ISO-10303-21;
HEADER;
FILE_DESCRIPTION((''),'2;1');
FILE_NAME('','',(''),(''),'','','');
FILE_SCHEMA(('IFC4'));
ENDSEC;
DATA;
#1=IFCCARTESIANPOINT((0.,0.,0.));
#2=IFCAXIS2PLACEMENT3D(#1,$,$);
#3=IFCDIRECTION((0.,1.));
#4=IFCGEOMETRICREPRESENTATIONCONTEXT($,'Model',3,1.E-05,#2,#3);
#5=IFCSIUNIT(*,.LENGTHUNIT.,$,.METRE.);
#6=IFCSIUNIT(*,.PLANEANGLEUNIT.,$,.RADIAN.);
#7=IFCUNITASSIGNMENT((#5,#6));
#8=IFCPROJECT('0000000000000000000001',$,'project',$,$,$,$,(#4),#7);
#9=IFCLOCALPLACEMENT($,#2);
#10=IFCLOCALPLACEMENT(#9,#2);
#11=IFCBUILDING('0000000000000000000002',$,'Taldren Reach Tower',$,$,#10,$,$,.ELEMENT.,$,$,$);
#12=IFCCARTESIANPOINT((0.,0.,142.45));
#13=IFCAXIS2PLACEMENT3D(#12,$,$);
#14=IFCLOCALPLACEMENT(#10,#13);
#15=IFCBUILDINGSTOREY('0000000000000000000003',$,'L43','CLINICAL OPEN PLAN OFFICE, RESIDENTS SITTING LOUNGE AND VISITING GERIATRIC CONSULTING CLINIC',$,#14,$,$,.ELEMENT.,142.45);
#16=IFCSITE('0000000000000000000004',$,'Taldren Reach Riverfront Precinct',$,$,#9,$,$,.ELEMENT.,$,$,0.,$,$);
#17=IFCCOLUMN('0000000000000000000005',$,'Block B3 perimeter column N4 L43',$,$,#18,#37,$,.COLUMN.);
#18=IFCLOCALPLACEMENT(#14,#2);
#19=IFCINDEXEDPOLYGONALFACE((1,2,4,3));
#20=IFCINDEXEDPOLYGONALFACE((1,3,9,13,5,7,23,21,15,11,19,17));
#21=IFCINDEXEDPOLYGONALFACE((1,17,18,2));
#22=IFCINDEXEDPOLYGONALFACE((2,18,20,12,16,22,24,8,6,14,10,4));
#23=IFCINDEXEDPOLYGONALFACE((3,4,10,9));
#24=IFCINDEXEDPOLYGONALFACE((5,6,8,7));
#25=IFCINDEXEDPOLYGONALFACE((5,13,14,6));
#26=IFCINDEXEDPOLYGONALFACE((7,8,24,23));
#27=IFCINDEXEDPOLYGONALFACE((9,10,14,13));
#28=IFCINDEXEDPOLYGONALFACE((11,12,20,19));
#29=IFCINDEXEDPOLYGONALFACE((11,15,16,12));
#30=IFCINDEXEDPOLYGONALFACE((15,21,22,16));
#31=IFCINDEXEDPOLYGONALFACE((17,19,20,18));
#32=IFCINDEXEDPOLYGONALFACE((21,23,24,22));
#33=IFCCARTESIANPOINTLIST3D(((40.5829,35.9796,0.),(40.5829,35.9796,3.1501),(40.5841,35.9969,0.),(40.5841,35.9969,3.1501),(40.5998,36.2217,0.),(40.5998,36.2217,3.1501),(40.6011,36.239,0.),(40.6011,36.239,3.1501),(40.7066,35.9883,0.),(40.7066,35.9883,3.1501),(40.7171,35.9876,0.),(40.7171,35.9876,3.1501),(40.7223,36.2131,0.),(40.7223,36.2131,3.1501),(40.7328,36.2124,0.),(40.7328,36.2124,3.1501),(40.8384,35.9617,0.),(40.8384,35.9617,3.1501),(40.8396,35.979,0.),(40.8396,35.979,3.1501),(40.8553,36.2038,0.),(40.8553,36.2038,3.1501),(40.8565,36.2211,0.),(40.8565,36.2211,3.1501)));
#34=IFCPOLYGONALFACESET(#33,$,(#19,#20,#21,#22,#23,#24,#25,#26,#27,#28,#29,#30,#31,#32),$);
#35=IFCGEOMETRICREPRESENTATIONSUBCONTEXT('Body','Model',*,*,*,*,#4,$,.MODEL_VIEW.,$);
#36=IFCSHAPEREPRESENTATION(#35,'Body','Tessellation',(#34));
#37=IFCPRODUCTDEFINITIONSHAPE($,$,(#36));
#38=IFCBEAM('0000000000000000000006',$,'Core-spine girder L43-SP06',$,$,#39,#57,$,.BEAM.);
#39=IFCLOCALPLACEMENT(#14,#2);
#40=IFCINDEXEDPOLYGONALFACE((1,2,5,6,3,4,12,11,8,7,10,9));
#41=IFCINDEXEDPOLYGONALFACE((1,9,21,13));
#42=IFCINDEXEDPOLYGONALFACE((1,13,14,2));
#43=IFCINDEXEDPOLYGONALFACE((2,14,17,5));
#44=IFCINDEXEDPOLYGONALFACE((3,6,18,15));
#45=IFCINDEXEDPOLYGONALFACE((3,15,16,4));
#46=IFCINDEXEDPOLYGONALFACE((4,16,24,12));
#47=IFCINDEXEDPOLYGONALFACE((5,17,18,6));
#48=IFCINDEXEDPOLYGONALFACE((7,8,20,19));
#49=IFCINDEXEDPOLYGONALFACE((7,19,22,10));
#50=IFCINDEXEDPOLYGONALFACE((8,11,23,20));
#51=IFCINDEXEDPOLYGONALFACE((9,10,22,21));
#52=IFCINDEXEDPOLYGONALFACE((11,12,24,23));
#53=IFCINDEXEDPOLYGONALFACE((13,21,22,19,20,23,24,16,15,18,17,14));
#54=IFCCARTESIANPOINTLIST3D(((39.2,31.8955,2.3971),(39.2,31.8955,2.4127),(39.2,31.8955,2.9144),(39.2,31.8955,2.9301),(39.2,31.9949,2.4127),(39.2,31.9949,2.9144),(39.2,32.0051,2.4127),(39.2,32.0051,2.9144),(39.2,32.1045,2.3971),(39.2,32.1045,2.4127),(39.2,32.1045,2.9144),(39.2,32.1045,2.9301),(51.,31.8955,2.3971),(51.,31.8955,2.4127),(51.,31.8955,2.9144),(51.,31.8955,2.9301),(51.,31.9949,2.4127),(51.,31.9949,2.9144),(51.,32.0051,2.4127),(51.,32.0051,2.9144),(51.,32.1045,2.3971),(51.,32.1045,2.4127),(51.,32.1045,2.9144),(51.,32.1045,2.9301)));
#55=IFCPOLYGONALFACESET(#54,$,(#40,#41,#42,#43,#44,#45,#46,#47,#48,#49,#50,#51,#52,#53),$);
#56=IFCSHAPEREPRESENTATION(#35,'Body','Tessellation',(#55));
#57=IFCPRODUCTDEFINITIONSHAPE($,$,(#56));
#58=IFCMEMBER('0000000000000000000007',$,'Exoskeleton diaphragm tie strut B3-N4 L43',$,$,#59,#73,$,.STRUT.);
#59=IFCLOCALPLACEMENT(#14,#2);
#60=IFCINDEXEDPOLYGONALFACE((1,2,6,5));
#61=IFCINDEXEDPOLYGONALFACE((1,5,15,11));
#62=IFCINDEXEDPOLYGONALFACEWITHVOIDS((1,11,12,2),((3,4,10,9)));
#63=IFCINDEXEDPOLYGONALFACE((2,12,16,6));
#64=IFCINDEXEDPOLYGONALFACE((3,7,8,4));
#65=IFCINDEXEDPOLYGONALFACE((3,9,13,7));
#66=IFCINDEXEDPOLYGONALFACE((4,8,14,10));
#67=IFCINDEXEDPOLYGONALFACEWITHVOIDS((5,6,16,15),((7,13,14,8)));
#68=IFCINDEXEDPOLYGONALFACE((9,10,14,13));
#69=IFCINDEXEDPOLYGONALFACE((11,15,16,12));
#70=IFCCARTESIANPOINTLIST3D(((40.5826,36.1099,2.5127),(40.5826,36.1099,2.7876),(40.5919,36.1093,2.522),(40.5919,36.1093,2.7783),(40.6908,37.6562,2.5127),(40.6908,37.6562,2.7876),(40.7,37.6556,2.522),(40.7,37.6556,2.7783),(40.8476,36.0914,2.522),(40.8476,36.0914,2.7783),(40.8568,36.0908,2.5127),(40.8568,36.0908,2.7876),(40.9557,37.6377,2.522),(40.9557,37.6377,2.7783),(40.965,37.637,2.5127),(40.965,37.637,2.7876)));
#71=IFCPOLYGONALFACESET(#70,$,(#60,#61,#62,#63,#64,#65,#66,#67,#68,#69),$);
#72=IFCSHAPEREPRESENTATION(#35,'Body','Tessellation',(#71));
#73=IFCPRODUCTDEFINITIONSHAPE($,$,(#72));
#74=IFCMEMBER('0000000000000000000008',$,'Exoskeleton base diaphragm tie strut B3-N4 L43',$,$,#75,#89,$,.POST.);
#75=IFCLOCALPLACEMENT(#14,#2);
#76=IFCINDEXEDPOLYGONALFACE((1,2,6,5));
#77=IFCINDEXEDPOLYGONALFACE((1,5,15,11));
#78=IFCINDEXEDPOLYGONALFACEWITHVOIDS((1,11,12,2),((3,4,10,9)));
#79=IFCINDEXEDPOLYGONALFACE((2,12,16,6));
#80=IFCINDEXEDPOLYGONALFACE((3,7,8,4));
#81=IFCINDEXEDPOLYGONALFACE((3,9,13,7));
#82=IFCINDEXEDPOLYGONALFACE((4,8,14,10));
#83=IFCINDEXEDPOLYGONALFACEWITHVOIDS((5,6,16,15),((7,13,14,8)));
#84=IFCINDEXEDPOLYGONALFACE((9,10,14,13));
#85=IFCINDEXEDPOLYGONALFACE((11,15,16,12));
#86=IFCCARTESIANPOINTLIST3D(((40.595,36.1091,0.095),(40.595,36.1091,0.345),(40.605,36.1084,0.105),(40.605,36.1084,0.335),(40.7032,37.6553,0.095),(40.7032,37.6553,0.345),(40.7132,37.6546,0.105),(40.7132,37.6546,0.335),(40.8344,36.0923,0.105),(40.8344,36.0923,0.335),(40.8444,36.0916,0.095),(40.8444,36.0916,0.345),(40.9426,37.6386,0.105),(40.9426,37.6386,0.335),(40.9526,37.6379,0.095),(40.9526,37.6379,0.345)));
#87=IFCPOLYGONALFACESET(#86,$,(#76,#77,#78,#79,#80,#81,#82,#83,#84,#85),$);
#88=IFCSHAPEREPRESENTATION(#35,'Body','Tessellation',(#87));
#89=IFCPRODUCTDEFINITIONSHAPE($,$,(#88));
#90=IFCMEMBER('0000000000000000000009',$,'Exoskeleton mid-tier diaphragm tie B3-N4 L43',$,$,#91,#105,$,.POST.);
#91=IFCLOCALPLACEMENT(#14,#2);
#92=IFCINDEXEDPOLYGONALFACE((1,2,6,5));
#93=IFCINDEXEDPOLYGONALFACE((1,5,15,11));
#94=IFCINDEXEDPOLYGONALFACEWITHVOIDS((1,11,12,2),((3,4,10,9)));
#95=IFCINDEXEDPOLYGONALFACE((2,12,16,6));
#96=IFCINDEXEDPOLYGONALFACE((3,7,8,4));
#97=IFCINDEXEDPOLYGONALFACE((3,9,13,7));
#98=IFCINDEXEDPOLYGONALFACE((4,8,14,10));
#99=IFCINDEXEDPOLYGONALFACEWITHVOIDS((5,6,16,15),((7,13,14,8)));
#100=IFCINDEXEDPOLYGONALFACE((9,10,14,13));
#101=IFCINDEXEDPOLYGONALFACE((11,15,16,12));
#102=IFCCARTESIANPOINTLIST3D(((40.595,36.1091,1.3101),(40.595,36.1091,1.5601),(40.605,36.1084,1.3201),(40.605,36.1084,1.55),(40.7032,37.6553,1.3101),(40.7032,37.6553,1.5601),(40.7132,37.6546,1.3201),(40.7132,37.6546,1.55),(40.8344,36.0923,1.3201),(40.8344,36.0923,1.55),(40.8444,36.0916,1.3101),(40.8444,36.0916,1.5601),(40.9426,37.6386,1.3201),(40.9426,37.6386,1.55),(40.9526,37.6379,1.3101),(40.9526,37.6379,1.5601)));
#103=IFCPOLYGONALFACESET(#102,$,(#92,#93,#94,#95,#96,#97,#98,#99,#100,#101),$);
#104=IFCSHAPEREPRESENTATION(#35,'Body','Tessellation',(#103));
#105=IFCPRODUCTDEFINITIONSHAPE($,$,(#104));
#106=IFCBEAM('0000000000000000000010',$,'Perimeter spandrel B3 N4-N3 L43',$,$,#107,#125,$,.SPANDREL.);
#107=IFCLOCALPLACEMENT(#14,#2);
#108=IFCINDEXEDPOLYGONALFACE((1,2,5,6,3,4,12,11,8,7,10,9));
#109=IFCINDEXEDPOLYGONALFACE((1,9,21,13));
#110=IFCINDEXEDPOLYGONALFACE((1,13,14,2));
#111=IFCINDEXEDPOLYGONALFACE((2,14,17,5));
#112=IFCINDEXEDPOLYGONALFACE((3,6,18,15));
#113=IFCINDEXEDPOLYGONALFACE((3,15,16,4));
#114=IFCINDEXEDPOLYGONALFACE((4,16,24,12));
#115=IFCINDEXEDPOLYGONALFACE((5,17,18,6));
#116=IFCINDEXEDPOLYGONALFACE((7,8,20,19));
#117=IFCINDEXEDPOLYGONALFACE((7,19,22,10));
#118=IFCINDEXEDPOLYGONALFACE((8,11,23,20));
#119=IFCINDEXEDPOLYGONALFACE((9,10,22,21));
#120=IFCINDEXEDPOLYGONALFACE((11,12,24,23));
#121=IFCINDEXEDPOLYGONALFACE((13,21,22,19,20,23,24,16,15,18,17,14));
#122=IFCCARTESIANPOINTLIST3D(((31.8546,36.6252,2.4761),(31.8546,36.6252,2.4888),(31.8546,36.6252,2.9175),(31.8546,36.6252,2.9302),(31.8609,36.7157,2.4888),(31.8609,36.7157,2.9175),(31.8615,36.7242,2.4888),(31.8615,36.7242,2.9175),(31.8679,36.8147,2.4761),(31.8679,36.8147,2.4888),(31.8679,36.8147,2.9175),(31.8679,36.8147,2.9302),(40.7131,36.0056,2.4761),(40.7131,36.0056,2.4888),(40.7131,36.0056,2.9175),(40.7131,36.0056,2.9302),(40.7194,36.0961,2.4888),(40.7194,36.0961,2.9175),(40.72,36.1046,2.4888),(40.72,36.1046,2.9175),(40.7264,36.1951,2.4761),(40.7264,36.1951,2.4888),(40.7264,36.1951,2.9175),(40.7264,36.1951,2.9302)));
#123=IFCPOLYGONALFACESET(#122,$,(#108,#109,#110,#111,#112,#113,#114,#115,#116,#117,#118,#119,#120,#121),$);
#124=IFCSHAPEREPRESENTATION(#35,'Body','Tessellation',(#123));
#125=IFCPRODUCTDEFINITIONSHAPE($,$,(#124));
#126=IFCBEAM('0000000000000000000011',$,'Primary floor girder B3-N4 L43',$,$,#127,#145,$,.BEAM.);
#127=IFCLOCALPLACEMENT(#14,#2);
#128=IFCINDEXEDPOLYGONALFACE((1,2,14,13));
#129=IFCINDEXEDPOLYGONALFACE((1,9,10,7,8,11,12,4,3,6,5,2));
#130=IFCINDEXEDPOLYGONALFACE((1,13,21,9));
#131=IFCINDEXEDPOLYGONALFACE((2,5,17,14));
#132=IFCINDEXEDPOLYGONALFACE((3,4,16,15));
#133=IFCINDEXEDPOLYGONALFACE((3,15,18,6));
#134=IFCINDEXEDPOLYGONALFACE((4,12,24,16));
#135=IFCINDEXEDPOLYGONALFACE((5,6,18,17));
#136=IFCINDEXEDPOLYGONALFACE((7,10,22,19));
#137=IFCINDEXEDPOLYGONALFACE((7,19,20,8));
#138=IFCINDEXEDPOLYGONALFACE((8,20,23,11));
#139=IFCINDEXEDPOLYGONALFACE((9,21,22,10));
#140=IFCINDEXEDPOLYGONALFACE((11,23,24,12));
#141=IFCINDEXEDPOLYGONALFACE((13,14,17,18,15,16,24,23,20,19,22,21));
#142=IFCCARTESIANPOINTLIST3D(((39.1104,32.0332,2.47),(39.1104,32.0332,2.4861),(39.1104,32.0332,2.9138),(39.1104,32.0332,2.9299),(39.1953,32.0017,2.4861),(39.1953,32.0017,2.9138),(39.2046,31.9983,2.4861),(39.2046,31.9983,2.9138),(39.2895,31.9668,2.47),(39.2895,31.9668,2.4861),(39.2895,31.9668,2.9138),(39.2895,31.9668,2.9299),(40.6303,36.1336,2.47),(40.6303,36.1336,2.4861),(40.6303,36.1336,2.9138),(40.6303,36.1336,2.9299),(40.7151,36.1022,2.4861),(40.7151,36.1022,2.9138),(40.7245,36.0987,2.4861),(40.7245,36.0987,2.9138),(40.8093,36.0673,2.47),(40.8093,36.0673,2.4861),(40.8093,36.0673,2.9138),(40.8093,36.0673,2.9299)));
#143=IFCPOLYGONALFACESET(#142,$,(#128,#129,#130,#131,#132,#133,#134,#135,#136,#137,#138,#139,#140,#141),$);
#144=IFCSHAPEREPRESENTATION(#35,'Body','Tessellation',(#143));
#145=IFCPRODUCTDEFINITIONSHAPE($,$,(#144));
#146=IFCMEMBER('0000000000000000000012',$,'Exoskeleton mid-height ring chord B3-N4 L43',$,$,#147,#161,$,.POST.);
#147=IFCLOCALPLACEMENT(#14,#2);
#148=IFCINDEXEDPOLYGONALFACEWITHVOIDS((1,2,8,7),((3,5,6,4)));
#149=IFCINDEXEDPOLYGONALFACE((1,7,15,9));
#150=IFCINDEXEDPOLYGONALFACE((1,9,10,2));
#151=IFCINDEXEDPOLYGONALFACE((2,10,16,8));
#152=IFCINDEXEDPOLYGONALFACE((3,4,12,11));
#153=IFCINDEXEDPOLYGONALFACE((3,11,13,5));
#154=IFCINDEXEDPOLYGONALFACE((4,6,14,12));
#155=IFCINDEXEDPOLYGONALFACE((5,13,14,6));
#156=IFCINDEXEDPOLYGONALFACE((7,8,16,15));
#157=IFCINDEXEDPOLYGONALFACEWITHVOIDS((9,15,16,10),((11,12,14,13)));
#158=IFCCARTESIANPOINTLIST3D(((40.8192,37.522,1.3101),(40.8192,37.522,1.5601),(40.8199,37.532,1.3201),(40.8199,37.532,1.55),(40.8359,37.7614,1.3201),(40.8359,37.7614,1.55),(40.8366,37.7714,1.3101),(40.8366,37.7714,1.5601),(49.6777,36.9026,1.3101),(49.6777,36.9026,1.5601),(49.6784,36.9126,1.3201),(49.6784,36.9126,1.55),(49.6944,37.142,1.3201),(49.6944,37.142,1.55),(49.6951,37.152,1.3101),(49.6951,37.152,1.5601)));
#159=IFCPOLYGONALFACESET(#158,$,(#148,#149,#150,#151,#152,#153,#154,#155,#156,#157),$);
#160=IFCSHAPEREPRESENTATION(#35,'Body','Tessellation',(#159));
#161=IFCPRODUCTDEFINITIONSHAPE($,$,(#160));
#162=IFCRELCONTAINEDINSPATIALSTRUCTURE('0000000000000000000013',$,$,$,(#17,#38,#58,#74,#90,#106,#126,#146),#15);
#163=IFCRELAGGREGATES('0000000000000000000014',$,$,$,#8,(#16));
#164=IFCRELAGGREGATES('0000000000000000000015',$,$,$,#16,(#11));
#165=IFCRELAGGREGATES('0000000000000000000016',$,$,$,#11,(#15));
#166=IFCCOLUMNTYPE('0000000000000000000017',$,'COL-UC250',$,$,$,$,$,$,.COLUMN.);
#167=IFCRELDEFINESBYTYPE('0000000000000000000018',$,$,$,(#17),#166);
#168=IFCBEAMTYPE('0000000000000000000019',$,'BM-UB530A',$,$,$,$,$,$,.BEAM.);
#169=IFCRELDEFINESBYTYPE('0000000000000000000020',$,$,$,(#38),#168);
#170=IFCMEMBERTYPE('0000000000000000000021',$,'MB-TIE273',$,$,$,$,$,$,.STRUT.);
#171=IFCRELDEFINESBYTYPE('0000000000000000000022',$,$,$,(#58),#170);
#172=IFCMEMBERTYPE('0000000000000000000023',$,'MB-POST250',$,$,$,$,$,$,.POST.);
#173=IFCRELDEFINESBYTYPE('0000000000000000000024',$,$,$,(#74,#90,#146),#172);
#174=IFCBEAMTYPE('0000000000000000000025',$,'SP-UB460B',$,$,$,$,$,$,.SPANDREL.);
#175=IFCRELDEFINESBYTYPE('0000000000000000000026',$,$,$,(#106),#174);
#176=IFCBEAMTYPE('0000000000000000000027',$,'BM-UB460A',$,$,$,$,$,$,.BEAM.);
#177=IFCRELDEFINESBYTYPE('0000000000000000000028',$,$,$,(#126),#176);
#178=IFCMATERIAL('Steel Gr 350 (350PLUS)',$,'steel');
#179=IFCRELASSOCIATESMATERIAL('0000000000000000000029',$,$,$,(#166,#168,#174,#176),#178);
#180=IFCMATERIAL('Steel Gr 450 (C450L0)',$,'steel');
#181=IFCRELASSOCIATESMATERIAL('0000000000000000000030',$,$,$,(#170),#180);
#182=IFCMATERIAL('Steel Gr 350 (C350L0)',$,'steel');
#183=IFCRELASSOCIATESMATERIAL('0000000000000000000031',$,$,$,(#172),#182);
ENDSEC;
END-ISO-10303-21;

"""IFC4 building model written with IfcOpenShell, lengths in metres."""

from ifc_helpers import new_model, si_unit, direction, frame, origin, origin_2d, place, context, subcontext, project, spatial, hollow_rectangle, i_section, extrude, source, transform, mapped, material, material_profile, profile_set, type_object, element, save


model = new_model("IFC4")

# Units and contexts
model_context = context("Model", 3, precision=1e-05, world=origin(), true_north=direction((0.0, 1.0)))
body_context = subcontext(model_context, "Body", "Model", "MODEL_VIEW")
ifc_project = project(units=[si_unit("LENGTHUNIT", "METRE"), si_unit("PLANEANGLEUNIT", "RADIAN")], contexts=[model_context])

# Site, building, storey
site_placement = place(None, origin())
site = spatial("IfcSite", under=ifc_project, at=site_placement, Name="Taldren Reach Riverfront Precinct", CompositionType="ELEMENT", RefElevation=0.0)
building_placement = place(site_placement, origin())
building = spatial("IfcBuilding", under=site, at=building_placement, Name="Taldren Reach Tower", CompositionType="ELEMENT")
storey_placement = place(building_placement, frame((0.0, 0.0, 142.45)))
storey = spatial("IfcBuildingStorey", under=building, at=storey_placement, Name="L43", Description="CLINICAL OPEN PLAN OFFICE, RESIDENTS SITTING LOUNGE AND VISITING GERIATRIC CONSULTING CLINIC", CompositionType="ELEMENT", Elevation=142.45)

# Column
ifc_material_1 = material(Name="Steel Gr 350 (350PLUS)", Category="steel")
ifc_material_profile_1 = material_profile(ifc_material_1, i_section(OverallWidth=0.2561, OverallDepth=0.26, WebThickness=0.0105, FlangeThickness=0.0173, at=origin_2d()), Name="250UC89.5")
ifc_profile_set_1 = profile_set([ifc_material_profile_1], Name="Steel Gr 350 (350PLUS)")
column_type = type_object("IfcColumnType", Name="COL-UC250", PredefinedType="COLUMN", material=ifc_profile_set_1)
shared_shape_1 = source(origin(), body_context, "Body", "SweptSolid", [
    extrude(i_section(OverallWidth=0.2561, OverallDepth=0.26, WebThickness=0.0105, FlangeThickness=0.0173, at=origin_2d()), origin(), (0.0, 0.0, 1.0), 3.1501),
])
column_placement = place(storey_placement, frame((40.7197, 36.1003, 0.0), z_axis=(0.0, 0.0, 1.0), x_axis=(0.997564, -0.069756, 0.0)))
element("IfcColumn", 1, at=column_placement, inside=storey, type_object=column_type, Name="Block B3 perimeter column N4 L43", PredefinedType="COLUMN", context=body_context, shape_type="MappedRepresentation", body=[
    mapped(shared_shape_1, transform((0.0, 0.0, 0.0), scale=1.0)),
])

# Beam
ifc_material_profile_2 = material_profile(ifc_material_1, i_section(OverallWidth=0.209, OverallDepth=0.533, WebThickness=0.0103, FlangeThickness=0.0156, at=origin_2d()), Name="530UB92.4")
ifc_profile_set_2 = profile_set([ifc_material_profile_2], Name="Steel Gr 350 (350PLUS)")
beam_type_1 = type_object("IfcBeamType", Name="BM-UB530A", PredefinedType="BEAM", material=ifc_profile_set_2)
shared_shape_2 = source(origin(), body_context, "Body", "SweptSolid", [
    extrude(i_section(OverallWidth=0.209, OverallDepth=0.533, WebThickness=0.0103, FlangeThickness=0.0156, at=origin_2d()), origin(), (0.0, 0.0, 1.0), 11.8),
])
beam_1_placement = place(storey_placement, frame((39.2, 32.0, 2.6636), z_axis=(1.0, 0.0, 0.0), x_axis=(0.0, 1.0, 0.0)))
element("IfcBeam", 2, at=beam_1_placement, inside=storey, type_object=beam_type_1, Name="Core-spine girder L43-SP06", PredefinedType="BEAM", context=body_context, shape_type="MappedRepresentation", body=[
    mapped(shared_shape_2, transform((0.0, 0.0, 0.0), scale=1.0)),
])

# Members
ifc_material_2 = material(Name="Steel Gr 450 (C450L0)", Category="steel")
ifc_material_profile_3 = material_profile(ifc_material_2, hollow_rectangle(XDim=0.2749, YDim=0.2749, WallThickness=0.0093, at=origin_2d()), Name="275x275x9.3SHS")
ifc_profile_set_3 = profile_set([ifc_material_profile_3], Name="Steel Gr 450 (C450L0)")
member_type_1 = type_object("IfcMemberType", Name="MB-TIE273", PredefinedType="STRUT", material=ifc_profile_set_3)
shared_shape_3 = source(origin(), body_context, "Body", "SweptSolid", [
    extrude(hollow_rectangle(XDim=0.2749, YDim=0.2749, WallThickness=0.0093, at=origin_2d()), origin(), (0.0, 0.0, 1.0), 1.55),
])
member_1_placement = place(storey_placement, frame((40.7197, 36.1003, 2.6501), z_axis=(0.06977, 0.997563, 0.0), x_axis=(-0.997563, 0.06977, 0.0)))
element("IfcMember", 3, at=member_1_placement, inside=storey, type_object=member_type_1, Name="Exoskeleton diaphragm tie strut B3-N4 L43", PredefinedType="STRUT", context=body_context, shape_type="MappedRepresentation", body=[
    mapped(shared_shape_3, transform((0.0, 0.0, 0.0), scale=1.0)),
])
ifc_material_3 = material(Name="Steel Gr 350 (C350L0)", Category="steel")
ifc_material_profile_4 = material_profile(ifc_material_3, hollow_rectangle(XDim=0.25, YDim=0.25, WallThickness=0.01, at=origin_2d()), Name="250x250x10.0SHS")
ifc_profile_set_4 = profile_set([ifc_material_profile_4], Name="Steel Gr 350 (C350L0)")
member_type_2 = type_object("IfcMemberType", Name="MB-POST250", PredefinedType="POST", material=ifc_profile_set_4)
shared_shape_4 = source(origin(), body_context, "Body", "SweptSolid", [
    extrude(hollow_rectangle(XDim=0.25, YDim=0.25, WallThickness=0.01, at=origin_2d()), origin(), (0.0, 0.0, 1.0), 1.55),
])
for number, where, z_axis, x_axis, name in (
    (4, (40.7197, 36.1003, 0.22), (0.06977, 0.997563, 0.0), (-0.997563, 0.06977, 0.0), "Exoskeleton base diaphragm tie strut B3-N4 L43"),
    (5, (40.7197, 36.1003, 1.4351), (0.06977, 0.997563, 0.0), (-0.997563, 0.06977, 0.0), "Exoskeleton mid-tier diaphragm tie B3-N4 L43"),
):
    element("IfcMember", number, at=place(storey_placement, frame(where, z_axis=z_axis, x_axis=x_axis)), inside=storey, type_object=member_type_2, Name=name, PredefinedType="POST", context=body_context, shape_type="MappedRepresentation", body=[
        mapped(shared_shape_4, transform((0.0, 0.0, 0.0), scale=1.0)),
    ])

# Beams
ifc_material_profile_5 = material_profile(ifc_material_1, i_section(OverallWidth=0.1899, OverallDepth=0.4541, WebThickness=0.0085, FlangeThickness=0.0127, at=origin_2d()), Name="460UB67.1")
ifc_profile_set_5 = profile_set([ifc_material_profile_5], Name="Steel Gr 350 (350PLUS)")
beam_type_2 = type_object("IfcBeamType", Name="SP-UB460B", PredefinedType="SPANDREL", material=ifc_profile_set_5)
shared_shape_5 = source(origin(), body_context, "Body", "SweptSolid", [
    extrude(i_section(OverallWidth=0.1899, OverallDepth=0.4541, WebThickness=0.0085, FlangeThickness=0.0127, at=origin_2d()), origin(), (0.0, 0.0, 1.0), 8.8801),
])
beam_2_placement = place(storey_placement, frame((40.7197, 36.1003, 2.7031), z_axis=(-0.997563, 0.069778, 0.0), x_axis=(-0.069778, -0.997563, 0.0)))
element("IfcBeam", 6, at=beam_2_placement, inside=storey, type_object=beam_type_2, Name="Perimeter spandrel B3 N4-N3 L43", PredefinedType="SPANDREL", context=body_context, shape_type="MappedRepresentation", body=[
    mapped(shared_shape_5, transform((0.0, 0.0, 0.0), scale=1.0)),
])
ifc_material_profile_6 = material_profile(ifc_material_1, i_section(OverallWidth=0.1909, OverallDepth=0.46, WebThickness=0.01, FlangeThickness=0.0161, at=origin_2d()), Name="460UB82.1")
ifc_profile_set_6 = profile_set([ifc_material_profile_6], Name="Steel Gr 350 (350PLUS)")
beam_type_3 = type_object("IfcBeamType", Name="BM-UB460A", PredefinedType="BEAM", material=ifc_profile_set_6)
shared_shape_6 = source(origin(), body_context, "Body", "SweptSolid", [
    extrude(i_section(OverallWidth=0.1909, OverallDepth=0.46, WebThickness=0.01, FlangeThickness=0.0161, at=origin_2d()), origin(), (0.0, 0.0, 1.0), 4.373),
])
beam_3_placement = place(storey_placement, frame((39.2, 32.0, 2.7), z_axis=(0.347542, 0.937665, 0.0), x_axis=(-0.937665, 0.347542, 0.0)))
element("IfcBeam", 7, at=beam_3_placement, inside=storey, type_object=beam_type_3, Name="Primary floor girder B3-N4 L43", PredefinedType="BEAM", context=body_context, shape_type="MappedRepresentation", body=[
    mapped(shared_shape_6, transform((0.0, 0.0, 0.0), scale=1.0)),
])

# Member
shared_shape_7 = source(origin(), body_context, "Body", "SweptSolid", [
    extrude(hollow_rectangle(XDim=0.25, YDim=0.25, WallThickness=0.01, at=origin_2d()), origin(), (0.0, 0.0, 1.0), 8.8801),
])
member_2_placement = place(storey_placement, frame((40.8279, 37.6467, 1.4351), z_axis=(0.997564, -0.06975, 0.0), x_axis=(0.06975, 0.997564, 0.0)))
element("IfcMember", 8, at=member_2_placement, inside=storey, type_object=member_type_2, Name="Exoskeleton mid-height ring chord B3-N4 L43", PredefinedType="POST", context=body_context, shape_type="MappedRepresentation", body=[
    mapped(shared_shape_7, transform((0.0, 0.0, 0.0), scale=1.0)),
])

save(model, "model.ifc")
